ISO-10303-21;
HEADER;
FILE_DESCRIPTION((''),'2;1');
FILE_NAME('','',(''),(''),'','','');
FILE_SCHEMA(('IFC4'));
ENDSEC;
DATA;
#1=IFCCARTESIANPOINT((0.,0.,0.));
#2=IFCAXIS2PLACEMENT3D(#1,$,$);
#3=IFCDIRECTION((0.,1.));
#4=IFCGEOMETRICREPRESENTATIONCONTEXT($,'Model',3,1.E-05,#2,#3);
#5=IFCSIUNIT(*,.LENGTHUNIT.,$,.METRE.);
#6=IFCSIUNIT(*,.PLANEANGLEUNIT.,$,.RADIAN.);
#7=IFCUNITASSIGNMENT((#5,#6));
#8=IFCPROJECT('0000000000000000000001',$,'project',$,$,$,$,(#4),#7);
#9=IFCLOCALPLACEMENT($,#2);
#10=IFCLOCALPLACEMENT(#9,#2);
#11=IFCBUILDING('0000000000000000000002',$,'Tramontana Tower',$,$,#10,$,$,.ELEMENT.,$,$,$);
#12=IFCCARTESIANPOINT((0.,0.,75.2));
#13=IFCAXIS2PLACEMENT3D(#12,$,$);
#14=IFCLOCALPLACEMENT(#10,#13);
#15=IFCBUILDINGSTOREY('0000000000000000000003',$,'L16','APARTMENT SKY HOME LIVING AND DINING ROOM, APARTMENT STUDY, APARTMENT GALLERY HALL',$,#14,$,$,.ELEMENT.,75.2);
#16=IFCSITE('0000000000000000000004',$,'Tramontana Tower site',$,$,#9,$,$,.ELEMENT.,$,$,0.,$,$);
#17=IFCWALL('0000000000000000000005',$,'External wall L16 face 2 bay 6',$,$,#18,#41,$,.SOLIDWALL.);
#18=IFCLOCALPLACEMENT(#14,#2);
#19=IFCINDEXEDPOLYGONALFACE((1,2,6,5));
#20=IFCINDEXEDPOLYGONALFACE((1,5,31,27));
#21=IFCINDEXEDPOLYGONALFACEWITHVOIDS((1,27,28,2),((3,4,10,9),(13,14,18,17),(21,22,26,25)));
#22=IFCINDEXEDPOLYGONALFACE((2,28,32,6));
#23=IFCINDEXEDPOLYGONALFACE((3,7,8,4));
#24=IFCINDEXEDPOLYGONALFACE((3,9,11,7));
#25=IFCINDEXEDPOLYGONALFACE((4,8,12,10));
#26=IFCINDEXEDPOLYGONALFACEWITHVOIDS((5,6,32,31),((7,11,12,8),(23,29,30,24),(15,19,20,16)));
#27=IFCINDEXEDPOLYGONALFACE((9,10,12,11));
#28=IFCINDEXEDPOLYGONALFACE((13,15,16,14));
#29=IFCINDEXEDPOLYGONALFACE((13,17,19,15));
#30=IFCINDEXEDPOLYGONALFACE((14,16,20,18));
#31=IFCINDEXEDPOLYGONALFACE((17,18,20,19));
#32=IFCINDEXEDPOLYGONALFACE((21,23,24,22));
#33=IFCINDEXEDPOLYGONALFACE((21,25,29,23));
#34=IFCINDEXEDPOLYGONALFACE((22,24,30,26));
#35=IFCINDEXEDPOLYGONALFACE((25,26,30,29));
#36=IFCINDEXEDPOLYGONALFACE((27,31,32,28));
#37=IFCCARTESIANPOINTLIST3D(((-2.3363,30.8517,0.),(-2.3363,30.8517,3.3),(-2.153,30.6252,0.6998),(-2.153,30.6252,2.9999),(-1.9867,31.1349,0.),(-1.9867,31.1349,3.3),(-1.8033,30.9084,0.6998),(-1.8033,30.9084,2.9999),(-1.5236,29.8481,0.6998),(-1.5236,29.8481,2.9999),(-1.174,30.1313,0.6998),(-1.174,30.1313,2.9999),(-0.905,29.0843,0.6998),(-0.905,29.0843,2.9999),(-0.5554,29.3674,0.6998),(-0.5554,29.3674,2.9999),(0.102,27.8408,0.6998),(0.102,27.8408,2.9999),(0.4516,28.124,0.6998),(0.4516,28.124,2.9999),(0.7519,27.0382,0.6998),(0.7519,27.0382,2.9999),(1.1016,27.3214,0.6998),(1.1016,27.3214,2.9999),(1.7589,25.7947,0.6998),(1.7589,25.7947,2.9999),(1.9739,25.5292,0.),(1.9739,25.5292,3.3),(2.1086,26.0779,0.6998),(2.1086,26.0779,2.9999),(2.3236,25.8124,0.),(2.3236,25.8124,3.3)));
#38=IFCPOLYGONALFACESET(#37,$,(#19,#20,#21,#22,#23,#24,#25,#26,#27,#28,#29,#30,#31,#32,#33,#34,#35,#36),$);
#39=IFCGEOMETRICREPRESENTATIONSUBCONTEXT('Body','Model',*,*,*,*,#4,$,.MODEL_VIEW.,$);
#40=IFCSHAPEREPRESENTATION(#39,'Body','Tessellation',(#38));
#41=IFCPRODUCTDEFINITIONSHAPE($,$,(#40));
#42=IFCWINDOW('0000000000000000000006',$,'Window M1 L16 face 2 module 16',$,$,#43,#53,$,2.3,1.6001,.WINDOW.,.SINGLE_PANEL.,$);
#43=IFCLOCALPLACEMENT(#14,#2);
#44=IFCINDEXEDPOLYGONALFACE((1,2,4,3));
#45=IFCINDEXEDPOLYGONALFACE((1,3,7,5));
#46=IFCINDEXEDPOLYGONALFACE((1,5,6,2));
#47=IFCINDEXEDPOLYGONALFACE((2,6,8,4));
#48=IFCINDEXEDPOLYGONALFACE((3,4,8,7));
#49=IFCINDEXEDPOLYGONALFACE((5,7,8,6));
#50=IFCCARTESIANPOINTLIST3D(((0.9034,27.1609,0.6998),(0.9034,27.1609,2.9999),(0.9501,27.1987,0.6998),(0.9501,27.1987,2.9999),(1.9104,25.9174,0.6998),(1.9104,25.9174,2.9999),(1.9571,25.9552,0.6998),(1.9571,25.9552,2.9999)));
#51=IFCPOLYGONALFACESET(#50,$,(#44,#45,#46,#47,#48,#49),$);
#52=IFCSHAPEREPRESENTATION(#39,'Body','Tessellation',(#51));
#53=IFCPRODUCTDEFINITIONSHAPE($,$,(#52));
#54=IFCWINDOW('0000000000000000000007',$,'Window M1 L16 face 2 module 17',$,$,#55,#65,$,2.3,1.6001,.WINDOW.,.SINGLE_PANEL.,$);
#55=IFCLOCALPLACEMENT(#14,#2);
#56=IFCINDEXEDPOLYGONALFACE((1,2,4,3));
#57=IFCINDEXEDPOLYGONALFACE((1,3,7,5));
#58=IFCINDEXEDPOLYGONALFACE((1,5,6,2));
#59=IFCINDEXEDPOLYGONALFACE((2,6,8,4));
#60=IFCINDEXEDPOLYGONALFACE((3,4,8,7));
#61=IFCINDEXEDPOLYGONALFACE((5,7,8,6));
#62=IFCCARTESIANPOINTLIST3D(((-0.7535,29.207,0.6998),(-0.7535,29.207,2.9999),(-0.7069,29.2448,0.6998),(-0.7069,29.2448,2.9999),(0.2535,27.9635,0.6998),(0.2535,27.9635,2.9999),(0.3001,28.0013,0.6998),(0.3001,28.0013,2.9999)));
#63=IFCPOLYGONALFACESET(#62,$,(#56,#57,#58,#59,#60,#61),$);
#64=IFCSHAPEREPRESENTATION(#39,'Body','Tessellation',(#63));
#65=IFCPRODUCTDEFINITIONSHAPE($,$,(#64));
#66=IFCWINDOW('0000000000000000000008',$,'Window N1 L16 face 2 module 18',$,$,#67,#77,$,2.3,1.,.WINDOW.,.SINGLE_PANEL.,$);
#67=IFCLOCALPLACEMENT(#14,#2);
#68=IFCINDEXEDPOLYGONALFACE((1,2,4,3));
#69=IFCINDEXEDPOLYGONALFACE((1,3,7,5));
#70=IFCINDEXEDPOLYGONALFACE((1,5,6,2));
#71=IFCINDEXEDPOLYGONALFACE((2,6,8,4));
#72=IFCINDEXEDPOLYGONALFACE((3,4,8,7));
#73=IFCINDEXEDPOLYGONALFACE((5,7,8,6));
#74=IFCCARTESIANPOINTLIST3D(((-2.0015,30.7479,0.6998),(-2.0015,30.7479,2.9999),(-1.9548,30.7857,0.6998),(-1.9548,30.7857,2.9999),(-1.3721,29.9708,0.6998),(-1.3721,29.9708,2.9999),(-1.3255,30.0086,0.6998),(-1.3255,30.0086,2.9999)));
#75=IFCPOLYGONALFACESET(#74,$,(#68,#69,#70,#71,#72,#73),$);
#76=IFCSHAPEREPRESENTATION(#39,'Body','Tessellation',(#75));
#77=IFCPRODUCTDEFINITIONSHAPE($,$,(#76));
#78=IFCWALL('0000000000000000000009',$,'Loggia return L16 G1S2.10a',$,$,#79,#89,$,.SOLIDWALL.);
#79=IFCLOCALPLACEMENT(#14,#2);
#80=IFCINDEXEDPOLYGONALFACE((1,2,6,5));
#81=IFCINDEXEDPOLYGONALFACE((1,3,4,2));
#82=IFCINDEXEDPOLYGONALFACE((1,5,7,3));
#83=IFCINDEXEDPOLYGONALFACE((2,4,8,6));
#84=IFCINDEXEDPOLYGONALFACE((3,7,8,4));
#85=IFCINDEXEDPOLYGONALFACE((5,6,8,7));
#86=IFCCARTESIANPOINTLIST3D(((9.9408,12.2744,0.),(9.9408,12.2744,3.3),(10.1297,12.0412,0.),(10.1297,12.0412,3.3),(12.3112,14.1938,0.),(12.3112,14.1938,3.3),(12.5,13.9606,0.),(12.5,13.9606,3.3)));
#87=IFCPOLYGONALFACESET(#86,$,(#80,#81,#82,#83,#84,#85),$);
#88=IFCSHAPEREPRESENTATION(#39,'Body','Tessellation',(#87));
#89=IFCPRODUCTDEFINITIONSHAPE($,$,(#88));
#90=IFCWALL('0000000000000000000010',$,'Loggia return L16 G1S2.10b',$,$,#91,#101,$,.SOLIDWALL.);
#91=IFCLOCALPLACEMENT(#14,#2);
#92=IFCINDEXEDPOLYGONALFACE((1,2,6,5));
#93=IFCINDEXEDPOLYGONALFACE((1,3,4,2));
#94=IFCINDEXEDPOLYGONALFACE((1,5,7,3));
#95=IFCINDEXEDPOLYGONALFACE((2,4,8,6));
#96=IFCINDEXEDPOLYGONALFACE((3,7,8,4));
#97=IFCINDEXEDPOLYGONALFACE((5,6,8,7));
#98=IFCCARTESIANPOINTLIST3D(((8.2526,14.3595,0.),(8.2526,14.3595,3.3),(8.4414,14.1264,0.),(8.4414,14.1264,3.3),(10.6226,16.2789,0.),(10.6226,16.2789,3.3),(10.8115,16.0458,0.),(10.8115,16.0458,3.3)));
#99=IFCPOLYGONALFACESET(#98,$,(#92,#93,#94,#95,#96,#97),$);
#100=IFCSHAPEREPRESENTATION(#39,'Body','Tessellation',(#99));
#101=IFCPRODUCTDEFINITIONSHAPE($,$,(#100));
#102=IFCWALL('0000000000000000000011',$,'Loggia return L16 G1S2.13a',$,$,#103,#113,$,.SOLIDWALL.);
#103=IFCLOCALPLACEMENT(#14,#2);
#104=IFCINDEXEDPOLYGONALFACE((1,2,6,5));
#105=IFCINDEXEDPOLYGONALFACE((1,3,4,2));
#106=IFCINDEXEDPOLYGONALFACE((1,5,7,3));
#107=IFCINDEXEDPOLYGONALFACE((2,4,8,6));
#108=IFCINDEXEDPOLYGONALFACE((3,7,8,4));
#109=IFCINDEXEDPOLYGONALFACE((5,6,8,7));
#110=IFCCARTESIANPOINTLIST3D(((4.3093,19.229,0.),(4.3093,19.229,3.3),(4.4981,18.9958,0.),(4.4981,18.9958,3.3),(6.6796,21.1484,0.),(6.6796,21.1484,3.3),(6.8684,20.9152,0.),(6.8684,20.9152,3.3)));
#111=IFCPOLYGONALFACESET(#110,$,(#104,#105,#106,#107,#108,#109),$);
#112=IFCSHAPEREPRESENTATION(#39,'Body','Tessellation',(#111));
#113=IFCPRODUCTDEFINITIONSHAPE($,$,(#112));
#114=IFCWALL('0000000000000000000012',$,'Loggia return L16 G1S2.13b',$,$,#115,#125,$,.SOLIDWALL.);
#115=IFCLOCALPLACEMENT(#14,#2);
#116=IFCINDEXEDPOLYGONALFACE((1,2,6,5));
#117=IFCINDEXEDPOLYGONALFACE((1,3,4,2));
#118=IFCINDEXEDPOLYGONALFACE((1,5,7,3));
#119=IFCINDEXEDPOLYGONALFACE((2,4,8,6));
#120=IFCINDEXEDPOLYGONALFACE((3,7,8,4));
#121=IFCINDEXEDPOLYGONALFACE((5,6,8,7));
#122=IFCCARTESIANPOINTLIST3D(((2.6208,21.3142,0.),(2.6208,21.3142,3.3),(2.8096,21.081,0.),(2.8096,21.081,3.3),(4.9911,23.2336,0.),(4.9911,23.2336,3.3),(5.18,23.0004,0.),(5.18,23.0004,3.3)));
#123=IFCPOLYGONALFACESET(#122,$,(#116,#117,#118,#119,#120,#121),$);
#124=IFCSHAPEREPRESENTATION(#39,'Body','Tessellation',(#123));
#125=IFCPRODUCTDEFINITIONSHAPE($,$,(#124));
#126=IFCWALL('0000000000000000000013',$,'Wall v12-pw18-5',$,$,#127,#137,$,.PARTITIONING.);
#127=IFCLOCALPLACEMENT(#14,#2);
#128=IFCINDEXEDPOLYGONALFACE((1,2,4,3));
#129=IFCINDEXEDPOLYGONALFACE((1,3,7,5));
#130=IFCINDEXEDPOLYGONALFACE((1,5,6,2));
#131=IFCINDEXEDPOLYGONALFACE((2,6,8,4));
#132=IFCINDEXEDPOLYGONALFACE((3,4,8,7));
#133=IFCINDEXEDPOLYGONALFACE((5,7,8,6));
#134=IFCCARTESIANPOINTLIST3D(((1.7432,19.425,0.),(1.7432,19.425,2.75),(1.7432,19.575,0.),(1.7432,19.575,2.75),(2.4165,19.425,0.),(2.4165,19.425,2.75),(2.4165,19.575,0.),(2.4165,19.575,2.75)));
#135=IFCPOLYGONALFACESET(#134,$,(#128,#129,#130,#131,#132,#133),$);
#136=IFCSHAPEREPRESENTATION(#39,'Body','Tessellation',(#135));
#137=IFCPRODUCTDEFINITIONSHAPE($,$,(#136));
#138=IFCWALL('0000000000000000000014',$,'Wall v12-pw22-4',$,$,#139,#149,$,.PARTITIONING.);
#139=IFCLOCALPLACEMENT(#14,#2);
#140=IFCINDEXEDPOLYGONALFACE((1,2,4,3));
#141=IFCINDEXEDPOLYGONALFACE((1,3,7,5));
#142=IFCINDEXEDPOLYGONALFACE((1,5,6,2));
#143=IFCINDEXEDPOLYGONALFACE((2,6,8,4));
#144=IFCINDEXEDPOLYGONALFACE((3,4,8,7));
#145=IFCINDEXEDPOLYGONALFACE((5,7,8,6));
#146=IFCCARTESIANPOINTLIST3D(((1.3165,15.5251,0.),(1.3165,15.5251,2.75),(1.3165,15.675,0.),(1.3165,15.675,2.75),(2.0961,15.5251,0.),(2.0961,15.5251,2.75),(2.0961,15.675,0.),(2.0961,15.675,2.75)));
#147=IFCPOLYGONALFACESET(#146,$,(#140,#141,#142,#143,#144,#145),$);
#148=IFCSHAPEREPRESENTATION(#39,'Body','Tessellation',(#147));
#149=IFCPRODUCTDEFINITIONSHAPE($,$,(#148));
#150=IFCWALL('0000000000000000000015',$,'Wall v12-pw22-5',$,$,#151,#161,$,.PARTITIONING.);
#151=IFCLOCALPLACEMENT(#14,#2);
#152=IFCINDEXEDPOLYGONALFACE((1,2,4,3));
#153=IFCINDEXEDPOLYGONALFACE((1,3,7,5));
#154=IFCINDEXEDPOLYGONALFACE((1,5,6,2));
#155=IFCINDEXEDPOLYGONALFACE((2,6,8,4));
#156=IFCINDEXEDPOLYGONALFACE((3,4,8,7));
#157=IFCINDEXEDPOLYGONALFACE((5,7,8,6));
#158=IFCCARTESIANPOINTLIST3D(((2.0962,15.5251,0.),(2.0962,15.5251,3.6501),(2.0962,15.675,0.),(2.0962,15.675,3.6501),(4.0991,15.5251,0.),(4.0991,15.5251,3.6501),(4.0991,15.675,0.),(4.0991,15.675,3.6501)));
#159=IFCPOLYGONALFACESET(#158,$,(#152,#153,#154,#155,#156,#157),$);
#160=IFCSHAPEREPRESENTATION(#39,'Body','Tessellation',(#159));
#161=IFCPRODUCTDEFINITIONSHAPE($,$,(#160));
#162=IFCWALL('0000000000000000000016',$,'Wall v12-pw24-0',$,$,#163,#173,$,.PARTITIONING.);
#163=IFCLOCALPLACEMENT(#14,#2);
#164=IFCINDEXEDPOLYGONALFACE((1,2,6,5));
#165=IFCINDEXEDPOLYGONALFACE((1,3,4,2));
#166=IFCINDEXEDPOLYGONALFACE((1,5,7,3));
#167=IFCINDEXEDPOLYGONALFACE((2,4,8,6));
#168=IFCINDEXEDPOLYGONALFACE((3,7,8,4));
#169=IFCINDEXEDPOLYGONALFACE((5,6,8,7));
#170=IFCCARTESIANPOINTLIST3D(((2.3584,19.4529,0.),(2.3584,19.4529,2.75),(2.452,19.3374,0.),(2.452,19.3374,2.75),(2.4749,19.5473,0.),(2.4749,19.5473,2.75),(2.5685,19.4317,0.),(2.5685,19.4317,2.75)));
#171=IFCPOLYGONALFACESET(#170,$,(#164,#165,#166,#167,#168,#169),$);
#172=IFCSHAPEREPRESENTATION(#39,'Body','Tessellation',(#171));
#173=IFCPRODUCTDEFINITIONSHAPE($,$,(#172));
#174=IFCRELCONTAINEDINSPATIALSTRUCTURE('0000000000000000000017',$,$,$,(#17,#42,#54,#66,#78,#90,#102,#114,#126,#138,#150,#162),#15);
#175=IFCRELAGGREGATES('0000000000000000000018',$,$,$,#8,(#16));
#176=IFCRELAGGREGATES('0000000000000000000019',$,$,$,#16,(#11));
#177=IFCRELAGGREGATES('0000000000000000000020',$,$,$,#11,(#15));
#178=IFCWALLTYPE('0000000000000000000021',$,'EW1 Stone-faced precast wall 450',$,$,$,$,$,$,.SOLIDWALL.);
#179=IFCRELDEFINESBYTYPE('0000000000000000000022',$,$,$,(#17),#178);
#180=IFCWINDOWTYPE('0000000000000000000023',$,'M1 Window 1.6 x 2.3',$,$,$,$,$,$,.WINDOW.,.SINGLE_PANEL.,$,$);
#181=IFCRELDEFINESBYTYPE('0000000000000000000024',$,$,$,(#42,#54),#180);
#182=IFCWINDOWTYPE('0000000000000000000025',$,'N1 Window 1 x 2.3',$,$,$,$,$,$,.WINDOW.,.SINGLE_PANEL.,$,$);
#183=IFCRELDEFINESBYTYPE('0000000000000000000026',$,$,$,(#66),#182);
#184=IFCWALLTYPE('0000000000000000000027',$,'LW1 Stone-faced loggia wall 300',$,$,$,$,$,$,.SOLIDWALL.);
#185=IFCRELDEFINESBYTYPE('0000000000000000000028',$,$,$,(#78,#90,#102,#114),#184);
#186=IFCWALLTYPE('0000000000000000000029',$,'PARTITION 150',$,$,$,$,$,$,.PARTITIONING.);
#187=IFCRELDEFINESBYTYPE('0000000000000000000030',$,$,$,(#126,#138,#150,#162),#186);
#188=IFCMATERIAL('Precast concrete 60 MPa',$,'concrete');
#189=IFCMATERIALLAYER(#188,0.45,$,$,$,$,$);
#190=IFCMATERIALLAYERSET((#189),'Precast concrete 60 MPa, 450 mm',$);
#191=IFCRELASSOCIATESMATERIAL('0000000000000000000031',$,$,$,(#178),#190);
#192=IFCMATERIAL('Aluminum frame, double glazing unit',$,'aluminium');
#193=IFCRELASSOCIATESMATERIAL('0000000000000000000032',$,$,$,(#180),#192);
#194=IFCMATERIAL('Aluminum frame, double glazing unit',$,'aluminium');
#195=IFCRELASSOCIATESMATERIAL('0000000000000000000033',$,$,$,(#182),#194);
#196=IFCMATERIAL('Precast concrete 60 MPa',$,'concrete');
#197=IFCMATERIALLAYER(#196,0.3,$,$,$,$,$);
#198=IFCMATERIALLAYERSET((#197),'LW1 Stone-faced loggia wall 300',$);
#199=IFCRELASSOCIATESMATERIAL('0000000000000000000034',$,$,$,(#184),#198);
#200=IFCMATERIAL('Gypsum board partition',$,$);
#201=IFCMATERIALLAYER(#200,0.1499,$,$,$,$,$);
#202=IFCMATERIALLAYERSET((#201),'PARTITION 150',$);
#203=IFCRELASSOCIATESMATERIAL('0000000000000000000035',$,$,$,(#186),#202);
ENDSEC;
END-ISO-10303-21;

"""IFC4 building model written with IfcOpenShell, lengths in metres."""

from ifc_helpers import new_model, si_unit, direction, frame, frame_2d, origin, place, context, subcontext, project, spatial, rectangle, extrude, material, layer, layer_set, type_object, element, fill, save


model = new_model("IFC4")

# Units and contexts
model_context = context("Model", 3, precision=1e-05, world=origin(), true_north=direction((0.0, 1.0)))
body_context = subcontext(model_context, "Body", "Model", "MODEL_VIEW")
ifc_project = project(units=[si_unit("LENGTHUNIT", "METRE"), si_unit("PLANEANGLEUNIT", "RADIAN")], contexts=[model_context])

# Site, building, storey
site_placement = place(None, origin())
site = spatial("IfcSite", under=ifc_project, at=site_placement, Name="Tramontana Tower site", CompositionType="ELEMENT", RefElevation=0.0)
building_placement = place(site_placement, origin())
building = spatial("IfcBuilding", under=site, at=building_placement, Name="Tramontana Tower", CompositionType="ELEMENT")
storey_placement = place(building_placement, frame((0.0, 0.0, 75.2)))
storey = spatial("IfcBuildingStorey", under=building, at=storey_placement, Name="L16", Description="APARTMENT SKY HOME LIVING AND DINING ROOM, APARTMENT STUDY, APARTMENT GALLERY HALL", CompositionType="ELEMENT", Elevation=75.2)

# Shared definitions
ifc_material_1 = material(Name="Precast concrete 60 MPa", Category="concrete")
ifc_layer_1 = layer(ifc_material_1, 0.45)
ifc_layer_set_1 = layer_set([ifc_layer_1], Name="Precast concrete 60 MPa, 450 mm")
wall_type_1 = type_object("IfcWallType", Name="EW1 Stone-faced precast wall 450", PredefinedType="SOLIDWALL", material=ifc_layer_set_1)
ifc_material_2 = material(Name="Aluminum frame, double glazing unit", Category="aluminium")
window_type_1 = type_object("IfcWindowType", Name="M1 Window 1.6 x 2.3", PartitioningType="SINGLE_PANEL", PredefinedType="WINDOW", material=ifc_material_2)

# Wall, openings, windows
wall_1_placement = place(storey_placement, frame((2.1487, 25.6709, 0.0), z_axis=(0.0, 0.0, 1.0), x_axis=(-0.62934, 0.77713, 0.0)))
wall_1 = element("IfcWall", 1, at=wall_1_placement, inside=storey, type_object=wall_type_1, Name="External wall L16 face 2 bay 6", PredefinedType="SOLIDWALL", context=body_context, shape_type="SweptSolid", body=[
    extrude(rectangle(XDim=6.8489, YDim=0.45, at=frame_2d((3.4243, 0.0))), origin(), (0.0, 0.0, 1.0), 3.3),
])
opening_1_placement = place(wall_1_placement, frame((0.3416, 0.0, 0.7)))
opening_1 = element("IfcOpeningElement", 2, at=opening_1_placement, cuts=wall_1, PredefinedType="OPENING", context=body_context, shape_type="SweptSolid", body=[
    extrude(rectangle(XDim=1.6001, YDim=2.3, at=frame_2d((0.8, 1.1499))), frame((0.0, 0.2349, 0.0), z_axis=(0.0, -1.0, 0.0), x_axis=(1.0, 0.0, 0.0)), (0.0, 0.0, 1.0), 0.47),
])
opening_2_placement = place(wall_1_placement, frame((2.9744, 0.0, 0.7)))
opening_2 = element("IfcOpeningElement", 3, at=opening_2_placement, cuts=wall_1, PredefinedType="OPENING", context=body_context, shape_type="SweptSolid", body=[
    extrude(rectangle(XDim=1.6001, YDim=2.3, at=frame_2d((0.8, 1.1499))), frame((0.0, 0.2349, 0.0), z_axis=(0.0, -1.0, 0.0), x_axis=(1.0, 0.0, 0.0)), (0.0, 0.0, 1.0), 0.47),
])
opening_3_placement = place(wall_1_placement, frame((5.5574, 0.0, 0.7)))
opening_3 = element("IfcOpeningElement", 4, at=opening_3_placement, cuts=wall_1, PredefinedType="OPENING", context=body_context, shape_type="SweptSolid", body=[
    extrude(rectangle(XDim=1.0, YDim=2.3, at=frame_2d((0.5, 1.1499))), frame((0.0, 0.2349, 0.0), z_axis=(0.0, -1.0, 0.0), x_axis=(1.0, 0.0, 0.0)), (0.0, 0.0, 1.0), 0.47),
])
window_1_placement = place(opening_1_placement, origin())
window_1 = element("IfcWindow", 5, at=window_1_placement, inside=storey, type_object=window_type_1, Name="Window M1 L16 face 2 module 16", OverallHeight=2.3, OverallWidth=1.6001, PartitioningType="SINGLE_PANEL", PredefinedType="WINDOW", context=body_context, shape_type="SweptSolid", body=[
    extrude(rectangle(XDim=1.6001, YDim=2.3, at=frame_2d((0.8, 1.1499))), frame((0.0, 0.03, 0.0), z_axis=(0.0, -1.0, 0.0), x_axis=(1.0, 0.0, 0.0)), (0.0, 0.0, 1.0), 0.0601),
])
fill(opening_1, window_1)
window_2_placement = place(opening_2_placement, origin())
window_2 = element("IfcWindow", 6, at=window_2_placement, inside=storey, type_object=window_type_1, Name="Window M1 L16 face 2 module 17", OverallHeight=2.3, OverallWidth=1.6001, PartitioningType="SINGLE_PANEL", PredefinedType="WINDOW", context=body_context, shape_type="SweptSolid", body=[
    extrude(rectangle(XDim=1.6001, YDim=2.3, at=frame_2d((0.8, 1.1499))), frame((0.0, 0.03, 0.0), z_axis=(0.0, -1.0, 0.0), x_axis=(1.0, 0.0, 0.0)), (0.0, 0.0, 1.0), 0.0601),
])
fill(opening_2, window_2)
ifc_material_3 = material(Name="Aluminum frame, double glazing unit", Category="aluminium")
window_type_2 = type_object("IfcWindowType", Name="N1 Window 1 x 2.3", PartitioningType="SINGLE_PANEL", PredefinedType="WINDOW", material=ifc_material_3)
window_3_placement = place(opening_3_placement, origin())
window_3 = element("IfcWindow", 7, at=window_3_placement, inside=storey, type_object=window_type_2, Name="Window N1 L16 face 2 module 18", OverallHeight=2.3, OverallWidth=1.0, PartitioningType="SINGLE_PANEL", PredefinedType="WINDOW", context=body_context, shape_type="SweptSolid", body=[
    extrude(rectangle(XDim=1.0, YDim=2.3, at=frame_2d((0.5, 1.1499))), frame((0.0, 0.03, 0.0), z_axis=(0.0, -1.0, 0.0), x_axis=(1.0, 0.0, 0.0)), (0.0, 0.0, 1.0), 0.0601),
])
fill(opening_3, window_3)

# Walls
ifc_material_4 = material(Name="Precast concrete 60 MPa", Category="concrete")
ifc_layer_2 = layer(ifc_material_4, 0.3)
ifc_layer_set_2 = layer_set([ifc_layer_2], Name="LW1 Stone-faced loggia wall 300")
wall_type_2 = type_object("IfcWallType", Name="LW1 Stone-faced loggia wall 300", PredefinedType="SOLIDWALL", material=ifc_layer_set_2)
wall_2_placement = place(storey_placement, frame((12.4055, 14.0771, 0.0), z_axis=(0.0, 0.0, 1.0), x_axis=(-0.777154, -0.629311, 0.0)))
element("IfcWall", 8, at=wall_2_placement, inside=storey, type_object=wall_type_2, Name="Loggia return L16 G1S2.10a", PredefinedType="SOLIDWALL", context=body_context, shape_type="SweptSolid", body=[
    extrude(rectangle(XDim=3.05, YDim=0.3, at=frame_2d((1.5249, 0.0))), origin(), (0.0, 0.0, 1.0), 3.3),
])
wall_3_placement = place(storey_placement, frame((10.717, 16.1624, 0.0), z_axis=(0.0, 0.0, 1.0), x_axis=(-0.777122, -0.62935, 0.0)))
element("IfcWall", 9, at=wall_3_placement, inside=storey, type_object=wall_type_2, Name="Loggia return L16 G1S2.10b", PredefinedType="SOLIDWALL", context=body_context, shape_type="SweptSolid", body=[
    extrude(rectangle(XDim=3.0498, YDim=0.3, at=frame_2d((1.5249, 0.0))), origin(), (0.0, 0.0, 1.0), 3.3),
])

# Walls
for number, where, z_axis, x_axis, name in (
    (10, (6.7739, 21.0317, 0.0), (0.0, 0.0, 1.0), (-0.777154, -0.629311, 0.0), "Loggia return L16 G1S2.13a"),
    (11, (5.0854, 23.1169, 0.0), (0.0, 0.0, 1.0), (-0.777154, -0.629311, 0.0), "Loggia return L16 G1S2.13b"),
):
    element("IfcWall", number, at=place(storey_placement, frame(where, z_axis=z_axis, x_axis=x_axis)), inside=storey, type_object=wall_type_2, Name=name, PredefinedType="SOLIDWALL", context=body_context, shape_type="SweptSolid", body=[
        extrude(rectangle(XDim=3.05, YDim=0.3, at=frame_2d((1.5249, 0.0))), origin(), (0.0, 0.0, 1.0), 3.3),
    ])
ifc_material_5 = material(Name="Gypsum board partition")
ifc_layer_3 = layer(ifc_material_5, 0.1499)
ifc_layer_set_3 = layer_set([ifc_layer_3], Name="PARTITION 150")
wall_type_3 = type_object("IfcWallType", Name="PARTITION 150", PredefinedType="PARTITIONING", material=ifc_layer_set_3)
wall_4_placement = place(storey_placement, frame((1.7432, 19.5, 0.0), z_axis=(0.0, 0.0, 1.0), x_axis=(1.0, 0.0, 0.0)))
element("IfcWall", 12, at=wall_4_placement, inside=storey, type_object=wall_type_3, Name="Wall v12-pw18-5", PredefinedType="PARTITIONING", context=body_context, shape_type="SweptSolid", body=[
    extrude(rectangle(XDim=0.6733, YDim=0.1499, at=frame_2d((0.3367, 0.0))), origin(), (0.0, 0.0, 1.0), 2.75),
])
wall_5_placement = place(storey_placement, frame((1.3167, 15.6001, 0.0), z_axis=(0.0, 0.0, 1.0), x_axis=(1.0, 0.0, 0.0)))
element("IfcWall", 13, at=wall_5_placement, inside=storey, type_object=wall_type_3, Name="Wall v12-pw22-4", PredefinedType="PARTITIONING", context=body_context, shape_type="SweptSolid", body=[
    extrude(rectangle(XDim=0.7795, YDim=0.1499, at=frame_2d((0.3896, 0.0))), origin(), (0.0, 0.0, 1.0), 2.75),
])
wall_6_placement = place(storey_placement, frame((2.0962, 15.6001, 0.0), z_axis=(0.0, 0.0, 1.0), x_axis=(1.0, 0.0, 0.0)))
element("IfcWall", 14, at=wall_6_placement, inside=storey, type_object=wall_type_3, Name="Wall v12-pw22-5", PredefinedType="PARTITIONING", context=body_context, shape_type="SweptSolid", body=[
    extrude(rectangle(XDim=2.0029, YDim=0.1499, at=frame_2d((1.0015, 0.0))), origin(), (0.0, 0.0, 1.0), 3.6501),
])
wall_7_placement = place(storey_placement, frame((2.4167, 19.5, 0.0), z_axis=(0.0, 0.0, 1.0), x_axis=(0.629293, -0.777168, 0.0)))
element("IfcWall", 15, at=wall_7_placement, inside=storey, type_object=wall_type_3, Name="Wall v12-pw24-0", PredefinedType="PARTITIONING", context=body_context, shape_type="SweptSolid", body=[
    extrude(rectangle(XDim=0.1487, YDim=0.1499, at=frame_2d((0.0742, 0.0))), origin(), (0.0, 0.0, 1.0), 2.75),
])

save(model, "model.ifc")
